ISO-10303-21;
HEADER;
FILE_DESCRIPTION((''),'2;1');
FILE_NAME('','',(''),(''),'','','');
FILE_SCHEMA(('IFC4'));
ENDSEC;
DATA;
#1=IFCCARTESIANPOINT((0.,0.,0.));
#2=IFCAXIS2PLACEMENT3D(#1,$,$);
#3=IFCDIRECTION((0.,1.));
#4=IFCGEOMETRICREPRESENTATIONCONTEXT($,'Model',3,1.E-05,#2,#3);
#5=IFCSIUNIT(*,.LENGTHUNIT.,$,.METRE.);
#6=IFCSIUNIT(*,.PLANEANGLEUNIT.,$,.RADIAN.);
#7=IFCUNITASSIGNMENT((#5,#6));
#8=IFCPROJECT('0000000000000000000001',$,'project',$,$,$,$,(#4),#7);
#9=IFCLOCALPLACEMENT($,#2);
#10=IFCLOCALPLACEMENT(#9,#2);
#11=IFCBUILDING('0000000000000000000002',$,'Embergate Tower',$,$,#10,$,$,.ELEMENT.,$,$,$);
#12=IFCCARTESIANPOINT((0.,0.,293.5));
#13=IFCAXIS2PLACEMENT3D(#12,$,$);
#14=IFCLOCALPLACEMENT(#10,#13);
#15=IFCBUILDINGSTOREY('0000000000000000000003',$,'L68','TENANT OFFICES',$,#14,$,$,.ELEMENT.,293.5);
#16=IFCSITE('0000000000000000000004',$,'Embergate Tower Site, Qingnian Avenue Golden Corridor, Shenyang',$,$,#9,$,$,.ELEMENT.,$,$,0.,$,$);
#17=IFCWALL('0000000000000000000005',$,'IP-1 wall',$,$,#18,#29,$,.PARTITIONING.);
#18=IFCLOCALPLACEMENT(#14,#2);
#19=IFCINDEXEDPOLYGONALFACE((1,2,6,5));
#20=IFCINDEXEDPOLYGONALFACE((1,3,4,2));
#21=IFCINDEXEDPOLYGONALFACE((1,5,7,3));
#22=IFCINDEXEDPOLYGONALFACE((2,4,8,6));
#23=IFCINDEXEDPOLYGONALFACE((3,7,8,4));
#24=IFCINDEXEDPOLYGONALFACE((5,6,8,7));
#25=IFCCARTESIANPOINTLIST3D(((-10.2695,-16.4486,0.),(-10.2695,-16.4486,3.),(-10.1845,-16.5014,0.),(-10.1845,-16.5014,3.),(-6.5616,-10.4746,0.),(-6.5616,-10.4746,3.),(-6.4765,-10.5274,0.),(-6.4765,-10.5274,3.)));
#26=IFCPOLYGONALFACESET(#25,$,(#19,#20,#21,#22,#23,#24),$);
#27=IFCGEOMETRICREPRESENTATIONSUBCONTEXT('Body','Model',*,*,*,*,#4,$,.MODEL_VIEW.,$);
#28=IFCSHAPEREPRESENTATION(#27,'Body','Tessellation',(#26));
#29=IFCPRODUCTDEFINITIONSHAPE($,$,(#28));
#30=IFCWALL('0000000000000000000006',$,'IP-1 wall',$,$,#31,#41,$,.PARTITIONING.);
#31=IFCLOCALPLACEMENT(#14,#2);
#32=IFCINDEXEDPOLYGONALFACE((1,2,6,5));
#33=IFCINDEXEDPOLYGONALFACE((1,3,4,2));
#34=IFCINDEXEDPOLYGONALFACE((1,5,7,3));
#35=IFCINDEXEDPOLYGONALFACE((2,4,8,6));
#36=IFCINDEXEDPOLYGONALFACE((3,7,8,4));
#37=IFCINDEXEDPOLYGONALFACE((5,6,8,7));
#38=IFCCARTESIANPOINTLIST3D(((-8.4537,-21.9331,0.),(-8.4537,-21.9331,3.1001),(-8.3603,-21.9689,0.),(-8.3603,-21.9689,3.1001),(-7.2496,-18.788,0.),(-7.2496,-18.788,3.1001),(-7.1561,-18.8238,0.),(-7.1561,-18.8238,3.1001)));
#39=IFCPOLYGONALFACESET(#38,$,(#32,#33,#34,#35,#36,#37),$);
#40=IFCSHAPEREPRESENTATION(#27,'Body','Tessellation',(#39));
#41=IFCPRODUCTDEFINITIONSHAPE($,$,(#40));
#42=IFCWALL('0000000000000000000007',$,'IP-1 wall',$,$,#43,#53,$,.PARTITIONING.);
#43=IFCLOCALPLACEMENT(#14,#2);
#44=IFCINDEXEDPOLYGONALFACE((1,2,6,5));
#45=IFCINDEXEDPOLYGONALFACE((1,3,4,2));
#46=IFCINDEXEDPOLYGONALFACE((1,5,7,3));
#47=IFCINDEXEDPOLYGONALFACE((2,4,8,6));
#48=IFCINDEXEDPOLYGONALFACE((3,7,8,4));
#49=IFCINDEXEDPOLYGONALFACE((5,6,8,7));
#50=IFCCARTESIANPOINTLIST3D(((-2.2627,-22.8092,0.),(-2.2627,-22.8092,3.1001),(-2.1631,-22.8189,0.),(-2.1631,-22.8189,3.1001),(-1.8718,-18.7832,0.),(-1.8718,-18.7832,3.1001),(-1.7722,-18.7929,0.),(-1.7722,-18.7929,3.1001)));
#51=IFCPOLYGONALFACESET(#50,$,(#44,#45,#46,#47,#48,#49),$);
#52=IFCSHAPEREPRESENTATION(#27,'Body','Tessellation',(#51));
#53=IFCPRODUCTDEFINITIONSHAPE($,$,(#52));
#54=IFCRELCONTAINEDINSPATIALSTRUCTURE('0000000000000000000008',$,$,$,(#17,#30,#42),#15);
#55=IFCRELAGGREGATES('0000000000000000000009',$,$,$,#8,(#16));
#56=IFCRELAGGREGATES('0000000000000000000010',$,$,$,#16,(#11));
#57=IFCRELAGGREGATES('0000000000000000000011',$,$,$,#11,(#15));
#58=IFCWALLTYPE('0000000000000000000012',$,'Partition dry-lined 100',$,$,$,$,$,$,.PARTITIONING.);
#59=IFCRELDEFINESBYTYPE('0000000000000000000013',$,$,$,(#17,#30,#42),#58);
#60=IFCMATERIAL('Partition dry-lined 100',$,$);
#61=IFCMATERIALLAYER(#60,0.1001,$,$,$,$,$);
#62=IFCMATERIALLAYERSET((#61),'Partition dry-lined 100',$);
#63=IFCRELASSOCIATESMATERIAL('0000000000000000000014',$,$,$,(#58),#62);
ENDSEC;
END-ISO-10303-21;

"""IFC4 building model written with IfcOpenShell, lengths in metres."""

from ifc_helpers import new_model, si_unit, direction, frame, frame_2d, origin, place, context, subcontext, project, spatial, rectangle, extrude, source, transform, mapped, material, layer, layer_set, type_object, element, save


model = new_model("IFC4")

# Units and contexts
model_context = context("Model", 3, precision=1e-05, world=origin(), true_north=direction((0.0, 1.0)))
body_context = subcontext(model_context, "Body", "Model", "MODEL_VIEW")
ifc_project = project(units=[si_unit("LENGTHUNIT", "METRE"), si_unit("PLANEANGLEUNIT", "RADIAN")], contexts=[model_context])

# Site, building, storey
site_placement = place(None, origin())
site = spatial("IfcSite", under=ifc_project, at=site_placement, Name="Embergate Tower Site, Qingnian Avenue Golden Corridor, Shenyang", CompositionType="ELEMENT", RefElevation=0.0)
building_placement = place(site_placement, origin())
building = spatial("IfcBuilding", under=site, at=building_placement, Name="Embergate Tower", CompositionType="ELEMENT")
storey_placement = place(building_placement, frame((0.0, 0.0, 293.5)))
storey = spatial("IfcBuildingStorey", under=building, at=storey_placement, Name="L68", Description="TENANT OFFICES", CompositionType="ELEMENT", Elevation=293.5)

# Walls
ifc_material_1 = material(Name="Partition dry-lined 100")
ifc_layer_1 = layer(ifc_material_1, 0.1001)
ifc_layer_set_1 = layer_set([ifc_layer_1], Name="Partition dry-lined 100")
wall_type_1 = type_object("IfcWallType", Name="Partition dry-lined 100", PredefinedType="PARTITIONING", material=ifc_layer_set_1)
shared_shape_1 = source(origin(), body_context, "Body", "SweptSolid", [
    extrude(rectangle(XDim=7.0312, YDim=0.1001, at=frame_2d((3.5156, 0.0))), origin(), (0.0, 0.0, 1.0), 3.0),
])
wall_1_placement = place(storey_placement, frame((-6.519, -10.501, 0.0), z_axis=(0.0, 0.0, 1.0), x_axis=(-0.527356, -0.849644, 0.0)))
element("IfcWall", 1, at=wall_1_placement, inside=storey, type_object=wall_type_1, Name="IP-1 wall", PredefinedType="PARTITIONING", context=body_context, shape_type="MappedRepresentation", body=[
    mapped(shared_shape_1, transform((0.0, 0.0, 0.0))),
])
shared_shape_2 = source(origin(), body_context, "Body", "SweptSolid", [
    extrude(rectangle(XDim=3.3677, YDim=0.1001, at=frame_2d((1.6838, 0.0))), origin(), (0.0, 0.0, 1.0), 3.1001),
])
wall_2_placement = place(storey_placement, frame((-7.2029, -18.8059, 0.0), z_axis=(0.0, 0.0, 1.0), x_axis=(-0.35755, -0.933894, 0.0)))
element("IfcWall", 2, at=wall_2_placement, inside=storey, type_object=wall_type_1, Name="IP-1 wall", PredefinedType="PARTITIONING", context=body_context, shape_type="MappedRepresentation", body=[
    mapped(shared_shape_2, transform((0.0, 0.0, 0.0))),
])
shared_shape_3 = source(origin(), body_context, "Body", "SweptSolid", [
    extrude(rectangle(XDim=4.0449, YDim=0.1001, at=frame_2d((2.0225, 0.0))), origin(), (0.0, 0.0, 1.0), 3.1001),
])
wall_3_placement = place(storey_placement, frame((-1.822, -18.7881, 0.0), z_axis=(0.0, 0.0, 1.0), x_axis=(-0.096635, -0.99532, 0.0)))
element("IfcWall", 3, at=wall_3_placement, inside=storey, type_object=wall_type_1, Name="IP-1 wall", PredefinedType="PARTITIONING", context=body_context, shape_type="MappedRepresentation", body=[
    mapped(shared_shape_3, transform((0.0, 0.0, 0.0))),
])

save(model, "model.ifc")
